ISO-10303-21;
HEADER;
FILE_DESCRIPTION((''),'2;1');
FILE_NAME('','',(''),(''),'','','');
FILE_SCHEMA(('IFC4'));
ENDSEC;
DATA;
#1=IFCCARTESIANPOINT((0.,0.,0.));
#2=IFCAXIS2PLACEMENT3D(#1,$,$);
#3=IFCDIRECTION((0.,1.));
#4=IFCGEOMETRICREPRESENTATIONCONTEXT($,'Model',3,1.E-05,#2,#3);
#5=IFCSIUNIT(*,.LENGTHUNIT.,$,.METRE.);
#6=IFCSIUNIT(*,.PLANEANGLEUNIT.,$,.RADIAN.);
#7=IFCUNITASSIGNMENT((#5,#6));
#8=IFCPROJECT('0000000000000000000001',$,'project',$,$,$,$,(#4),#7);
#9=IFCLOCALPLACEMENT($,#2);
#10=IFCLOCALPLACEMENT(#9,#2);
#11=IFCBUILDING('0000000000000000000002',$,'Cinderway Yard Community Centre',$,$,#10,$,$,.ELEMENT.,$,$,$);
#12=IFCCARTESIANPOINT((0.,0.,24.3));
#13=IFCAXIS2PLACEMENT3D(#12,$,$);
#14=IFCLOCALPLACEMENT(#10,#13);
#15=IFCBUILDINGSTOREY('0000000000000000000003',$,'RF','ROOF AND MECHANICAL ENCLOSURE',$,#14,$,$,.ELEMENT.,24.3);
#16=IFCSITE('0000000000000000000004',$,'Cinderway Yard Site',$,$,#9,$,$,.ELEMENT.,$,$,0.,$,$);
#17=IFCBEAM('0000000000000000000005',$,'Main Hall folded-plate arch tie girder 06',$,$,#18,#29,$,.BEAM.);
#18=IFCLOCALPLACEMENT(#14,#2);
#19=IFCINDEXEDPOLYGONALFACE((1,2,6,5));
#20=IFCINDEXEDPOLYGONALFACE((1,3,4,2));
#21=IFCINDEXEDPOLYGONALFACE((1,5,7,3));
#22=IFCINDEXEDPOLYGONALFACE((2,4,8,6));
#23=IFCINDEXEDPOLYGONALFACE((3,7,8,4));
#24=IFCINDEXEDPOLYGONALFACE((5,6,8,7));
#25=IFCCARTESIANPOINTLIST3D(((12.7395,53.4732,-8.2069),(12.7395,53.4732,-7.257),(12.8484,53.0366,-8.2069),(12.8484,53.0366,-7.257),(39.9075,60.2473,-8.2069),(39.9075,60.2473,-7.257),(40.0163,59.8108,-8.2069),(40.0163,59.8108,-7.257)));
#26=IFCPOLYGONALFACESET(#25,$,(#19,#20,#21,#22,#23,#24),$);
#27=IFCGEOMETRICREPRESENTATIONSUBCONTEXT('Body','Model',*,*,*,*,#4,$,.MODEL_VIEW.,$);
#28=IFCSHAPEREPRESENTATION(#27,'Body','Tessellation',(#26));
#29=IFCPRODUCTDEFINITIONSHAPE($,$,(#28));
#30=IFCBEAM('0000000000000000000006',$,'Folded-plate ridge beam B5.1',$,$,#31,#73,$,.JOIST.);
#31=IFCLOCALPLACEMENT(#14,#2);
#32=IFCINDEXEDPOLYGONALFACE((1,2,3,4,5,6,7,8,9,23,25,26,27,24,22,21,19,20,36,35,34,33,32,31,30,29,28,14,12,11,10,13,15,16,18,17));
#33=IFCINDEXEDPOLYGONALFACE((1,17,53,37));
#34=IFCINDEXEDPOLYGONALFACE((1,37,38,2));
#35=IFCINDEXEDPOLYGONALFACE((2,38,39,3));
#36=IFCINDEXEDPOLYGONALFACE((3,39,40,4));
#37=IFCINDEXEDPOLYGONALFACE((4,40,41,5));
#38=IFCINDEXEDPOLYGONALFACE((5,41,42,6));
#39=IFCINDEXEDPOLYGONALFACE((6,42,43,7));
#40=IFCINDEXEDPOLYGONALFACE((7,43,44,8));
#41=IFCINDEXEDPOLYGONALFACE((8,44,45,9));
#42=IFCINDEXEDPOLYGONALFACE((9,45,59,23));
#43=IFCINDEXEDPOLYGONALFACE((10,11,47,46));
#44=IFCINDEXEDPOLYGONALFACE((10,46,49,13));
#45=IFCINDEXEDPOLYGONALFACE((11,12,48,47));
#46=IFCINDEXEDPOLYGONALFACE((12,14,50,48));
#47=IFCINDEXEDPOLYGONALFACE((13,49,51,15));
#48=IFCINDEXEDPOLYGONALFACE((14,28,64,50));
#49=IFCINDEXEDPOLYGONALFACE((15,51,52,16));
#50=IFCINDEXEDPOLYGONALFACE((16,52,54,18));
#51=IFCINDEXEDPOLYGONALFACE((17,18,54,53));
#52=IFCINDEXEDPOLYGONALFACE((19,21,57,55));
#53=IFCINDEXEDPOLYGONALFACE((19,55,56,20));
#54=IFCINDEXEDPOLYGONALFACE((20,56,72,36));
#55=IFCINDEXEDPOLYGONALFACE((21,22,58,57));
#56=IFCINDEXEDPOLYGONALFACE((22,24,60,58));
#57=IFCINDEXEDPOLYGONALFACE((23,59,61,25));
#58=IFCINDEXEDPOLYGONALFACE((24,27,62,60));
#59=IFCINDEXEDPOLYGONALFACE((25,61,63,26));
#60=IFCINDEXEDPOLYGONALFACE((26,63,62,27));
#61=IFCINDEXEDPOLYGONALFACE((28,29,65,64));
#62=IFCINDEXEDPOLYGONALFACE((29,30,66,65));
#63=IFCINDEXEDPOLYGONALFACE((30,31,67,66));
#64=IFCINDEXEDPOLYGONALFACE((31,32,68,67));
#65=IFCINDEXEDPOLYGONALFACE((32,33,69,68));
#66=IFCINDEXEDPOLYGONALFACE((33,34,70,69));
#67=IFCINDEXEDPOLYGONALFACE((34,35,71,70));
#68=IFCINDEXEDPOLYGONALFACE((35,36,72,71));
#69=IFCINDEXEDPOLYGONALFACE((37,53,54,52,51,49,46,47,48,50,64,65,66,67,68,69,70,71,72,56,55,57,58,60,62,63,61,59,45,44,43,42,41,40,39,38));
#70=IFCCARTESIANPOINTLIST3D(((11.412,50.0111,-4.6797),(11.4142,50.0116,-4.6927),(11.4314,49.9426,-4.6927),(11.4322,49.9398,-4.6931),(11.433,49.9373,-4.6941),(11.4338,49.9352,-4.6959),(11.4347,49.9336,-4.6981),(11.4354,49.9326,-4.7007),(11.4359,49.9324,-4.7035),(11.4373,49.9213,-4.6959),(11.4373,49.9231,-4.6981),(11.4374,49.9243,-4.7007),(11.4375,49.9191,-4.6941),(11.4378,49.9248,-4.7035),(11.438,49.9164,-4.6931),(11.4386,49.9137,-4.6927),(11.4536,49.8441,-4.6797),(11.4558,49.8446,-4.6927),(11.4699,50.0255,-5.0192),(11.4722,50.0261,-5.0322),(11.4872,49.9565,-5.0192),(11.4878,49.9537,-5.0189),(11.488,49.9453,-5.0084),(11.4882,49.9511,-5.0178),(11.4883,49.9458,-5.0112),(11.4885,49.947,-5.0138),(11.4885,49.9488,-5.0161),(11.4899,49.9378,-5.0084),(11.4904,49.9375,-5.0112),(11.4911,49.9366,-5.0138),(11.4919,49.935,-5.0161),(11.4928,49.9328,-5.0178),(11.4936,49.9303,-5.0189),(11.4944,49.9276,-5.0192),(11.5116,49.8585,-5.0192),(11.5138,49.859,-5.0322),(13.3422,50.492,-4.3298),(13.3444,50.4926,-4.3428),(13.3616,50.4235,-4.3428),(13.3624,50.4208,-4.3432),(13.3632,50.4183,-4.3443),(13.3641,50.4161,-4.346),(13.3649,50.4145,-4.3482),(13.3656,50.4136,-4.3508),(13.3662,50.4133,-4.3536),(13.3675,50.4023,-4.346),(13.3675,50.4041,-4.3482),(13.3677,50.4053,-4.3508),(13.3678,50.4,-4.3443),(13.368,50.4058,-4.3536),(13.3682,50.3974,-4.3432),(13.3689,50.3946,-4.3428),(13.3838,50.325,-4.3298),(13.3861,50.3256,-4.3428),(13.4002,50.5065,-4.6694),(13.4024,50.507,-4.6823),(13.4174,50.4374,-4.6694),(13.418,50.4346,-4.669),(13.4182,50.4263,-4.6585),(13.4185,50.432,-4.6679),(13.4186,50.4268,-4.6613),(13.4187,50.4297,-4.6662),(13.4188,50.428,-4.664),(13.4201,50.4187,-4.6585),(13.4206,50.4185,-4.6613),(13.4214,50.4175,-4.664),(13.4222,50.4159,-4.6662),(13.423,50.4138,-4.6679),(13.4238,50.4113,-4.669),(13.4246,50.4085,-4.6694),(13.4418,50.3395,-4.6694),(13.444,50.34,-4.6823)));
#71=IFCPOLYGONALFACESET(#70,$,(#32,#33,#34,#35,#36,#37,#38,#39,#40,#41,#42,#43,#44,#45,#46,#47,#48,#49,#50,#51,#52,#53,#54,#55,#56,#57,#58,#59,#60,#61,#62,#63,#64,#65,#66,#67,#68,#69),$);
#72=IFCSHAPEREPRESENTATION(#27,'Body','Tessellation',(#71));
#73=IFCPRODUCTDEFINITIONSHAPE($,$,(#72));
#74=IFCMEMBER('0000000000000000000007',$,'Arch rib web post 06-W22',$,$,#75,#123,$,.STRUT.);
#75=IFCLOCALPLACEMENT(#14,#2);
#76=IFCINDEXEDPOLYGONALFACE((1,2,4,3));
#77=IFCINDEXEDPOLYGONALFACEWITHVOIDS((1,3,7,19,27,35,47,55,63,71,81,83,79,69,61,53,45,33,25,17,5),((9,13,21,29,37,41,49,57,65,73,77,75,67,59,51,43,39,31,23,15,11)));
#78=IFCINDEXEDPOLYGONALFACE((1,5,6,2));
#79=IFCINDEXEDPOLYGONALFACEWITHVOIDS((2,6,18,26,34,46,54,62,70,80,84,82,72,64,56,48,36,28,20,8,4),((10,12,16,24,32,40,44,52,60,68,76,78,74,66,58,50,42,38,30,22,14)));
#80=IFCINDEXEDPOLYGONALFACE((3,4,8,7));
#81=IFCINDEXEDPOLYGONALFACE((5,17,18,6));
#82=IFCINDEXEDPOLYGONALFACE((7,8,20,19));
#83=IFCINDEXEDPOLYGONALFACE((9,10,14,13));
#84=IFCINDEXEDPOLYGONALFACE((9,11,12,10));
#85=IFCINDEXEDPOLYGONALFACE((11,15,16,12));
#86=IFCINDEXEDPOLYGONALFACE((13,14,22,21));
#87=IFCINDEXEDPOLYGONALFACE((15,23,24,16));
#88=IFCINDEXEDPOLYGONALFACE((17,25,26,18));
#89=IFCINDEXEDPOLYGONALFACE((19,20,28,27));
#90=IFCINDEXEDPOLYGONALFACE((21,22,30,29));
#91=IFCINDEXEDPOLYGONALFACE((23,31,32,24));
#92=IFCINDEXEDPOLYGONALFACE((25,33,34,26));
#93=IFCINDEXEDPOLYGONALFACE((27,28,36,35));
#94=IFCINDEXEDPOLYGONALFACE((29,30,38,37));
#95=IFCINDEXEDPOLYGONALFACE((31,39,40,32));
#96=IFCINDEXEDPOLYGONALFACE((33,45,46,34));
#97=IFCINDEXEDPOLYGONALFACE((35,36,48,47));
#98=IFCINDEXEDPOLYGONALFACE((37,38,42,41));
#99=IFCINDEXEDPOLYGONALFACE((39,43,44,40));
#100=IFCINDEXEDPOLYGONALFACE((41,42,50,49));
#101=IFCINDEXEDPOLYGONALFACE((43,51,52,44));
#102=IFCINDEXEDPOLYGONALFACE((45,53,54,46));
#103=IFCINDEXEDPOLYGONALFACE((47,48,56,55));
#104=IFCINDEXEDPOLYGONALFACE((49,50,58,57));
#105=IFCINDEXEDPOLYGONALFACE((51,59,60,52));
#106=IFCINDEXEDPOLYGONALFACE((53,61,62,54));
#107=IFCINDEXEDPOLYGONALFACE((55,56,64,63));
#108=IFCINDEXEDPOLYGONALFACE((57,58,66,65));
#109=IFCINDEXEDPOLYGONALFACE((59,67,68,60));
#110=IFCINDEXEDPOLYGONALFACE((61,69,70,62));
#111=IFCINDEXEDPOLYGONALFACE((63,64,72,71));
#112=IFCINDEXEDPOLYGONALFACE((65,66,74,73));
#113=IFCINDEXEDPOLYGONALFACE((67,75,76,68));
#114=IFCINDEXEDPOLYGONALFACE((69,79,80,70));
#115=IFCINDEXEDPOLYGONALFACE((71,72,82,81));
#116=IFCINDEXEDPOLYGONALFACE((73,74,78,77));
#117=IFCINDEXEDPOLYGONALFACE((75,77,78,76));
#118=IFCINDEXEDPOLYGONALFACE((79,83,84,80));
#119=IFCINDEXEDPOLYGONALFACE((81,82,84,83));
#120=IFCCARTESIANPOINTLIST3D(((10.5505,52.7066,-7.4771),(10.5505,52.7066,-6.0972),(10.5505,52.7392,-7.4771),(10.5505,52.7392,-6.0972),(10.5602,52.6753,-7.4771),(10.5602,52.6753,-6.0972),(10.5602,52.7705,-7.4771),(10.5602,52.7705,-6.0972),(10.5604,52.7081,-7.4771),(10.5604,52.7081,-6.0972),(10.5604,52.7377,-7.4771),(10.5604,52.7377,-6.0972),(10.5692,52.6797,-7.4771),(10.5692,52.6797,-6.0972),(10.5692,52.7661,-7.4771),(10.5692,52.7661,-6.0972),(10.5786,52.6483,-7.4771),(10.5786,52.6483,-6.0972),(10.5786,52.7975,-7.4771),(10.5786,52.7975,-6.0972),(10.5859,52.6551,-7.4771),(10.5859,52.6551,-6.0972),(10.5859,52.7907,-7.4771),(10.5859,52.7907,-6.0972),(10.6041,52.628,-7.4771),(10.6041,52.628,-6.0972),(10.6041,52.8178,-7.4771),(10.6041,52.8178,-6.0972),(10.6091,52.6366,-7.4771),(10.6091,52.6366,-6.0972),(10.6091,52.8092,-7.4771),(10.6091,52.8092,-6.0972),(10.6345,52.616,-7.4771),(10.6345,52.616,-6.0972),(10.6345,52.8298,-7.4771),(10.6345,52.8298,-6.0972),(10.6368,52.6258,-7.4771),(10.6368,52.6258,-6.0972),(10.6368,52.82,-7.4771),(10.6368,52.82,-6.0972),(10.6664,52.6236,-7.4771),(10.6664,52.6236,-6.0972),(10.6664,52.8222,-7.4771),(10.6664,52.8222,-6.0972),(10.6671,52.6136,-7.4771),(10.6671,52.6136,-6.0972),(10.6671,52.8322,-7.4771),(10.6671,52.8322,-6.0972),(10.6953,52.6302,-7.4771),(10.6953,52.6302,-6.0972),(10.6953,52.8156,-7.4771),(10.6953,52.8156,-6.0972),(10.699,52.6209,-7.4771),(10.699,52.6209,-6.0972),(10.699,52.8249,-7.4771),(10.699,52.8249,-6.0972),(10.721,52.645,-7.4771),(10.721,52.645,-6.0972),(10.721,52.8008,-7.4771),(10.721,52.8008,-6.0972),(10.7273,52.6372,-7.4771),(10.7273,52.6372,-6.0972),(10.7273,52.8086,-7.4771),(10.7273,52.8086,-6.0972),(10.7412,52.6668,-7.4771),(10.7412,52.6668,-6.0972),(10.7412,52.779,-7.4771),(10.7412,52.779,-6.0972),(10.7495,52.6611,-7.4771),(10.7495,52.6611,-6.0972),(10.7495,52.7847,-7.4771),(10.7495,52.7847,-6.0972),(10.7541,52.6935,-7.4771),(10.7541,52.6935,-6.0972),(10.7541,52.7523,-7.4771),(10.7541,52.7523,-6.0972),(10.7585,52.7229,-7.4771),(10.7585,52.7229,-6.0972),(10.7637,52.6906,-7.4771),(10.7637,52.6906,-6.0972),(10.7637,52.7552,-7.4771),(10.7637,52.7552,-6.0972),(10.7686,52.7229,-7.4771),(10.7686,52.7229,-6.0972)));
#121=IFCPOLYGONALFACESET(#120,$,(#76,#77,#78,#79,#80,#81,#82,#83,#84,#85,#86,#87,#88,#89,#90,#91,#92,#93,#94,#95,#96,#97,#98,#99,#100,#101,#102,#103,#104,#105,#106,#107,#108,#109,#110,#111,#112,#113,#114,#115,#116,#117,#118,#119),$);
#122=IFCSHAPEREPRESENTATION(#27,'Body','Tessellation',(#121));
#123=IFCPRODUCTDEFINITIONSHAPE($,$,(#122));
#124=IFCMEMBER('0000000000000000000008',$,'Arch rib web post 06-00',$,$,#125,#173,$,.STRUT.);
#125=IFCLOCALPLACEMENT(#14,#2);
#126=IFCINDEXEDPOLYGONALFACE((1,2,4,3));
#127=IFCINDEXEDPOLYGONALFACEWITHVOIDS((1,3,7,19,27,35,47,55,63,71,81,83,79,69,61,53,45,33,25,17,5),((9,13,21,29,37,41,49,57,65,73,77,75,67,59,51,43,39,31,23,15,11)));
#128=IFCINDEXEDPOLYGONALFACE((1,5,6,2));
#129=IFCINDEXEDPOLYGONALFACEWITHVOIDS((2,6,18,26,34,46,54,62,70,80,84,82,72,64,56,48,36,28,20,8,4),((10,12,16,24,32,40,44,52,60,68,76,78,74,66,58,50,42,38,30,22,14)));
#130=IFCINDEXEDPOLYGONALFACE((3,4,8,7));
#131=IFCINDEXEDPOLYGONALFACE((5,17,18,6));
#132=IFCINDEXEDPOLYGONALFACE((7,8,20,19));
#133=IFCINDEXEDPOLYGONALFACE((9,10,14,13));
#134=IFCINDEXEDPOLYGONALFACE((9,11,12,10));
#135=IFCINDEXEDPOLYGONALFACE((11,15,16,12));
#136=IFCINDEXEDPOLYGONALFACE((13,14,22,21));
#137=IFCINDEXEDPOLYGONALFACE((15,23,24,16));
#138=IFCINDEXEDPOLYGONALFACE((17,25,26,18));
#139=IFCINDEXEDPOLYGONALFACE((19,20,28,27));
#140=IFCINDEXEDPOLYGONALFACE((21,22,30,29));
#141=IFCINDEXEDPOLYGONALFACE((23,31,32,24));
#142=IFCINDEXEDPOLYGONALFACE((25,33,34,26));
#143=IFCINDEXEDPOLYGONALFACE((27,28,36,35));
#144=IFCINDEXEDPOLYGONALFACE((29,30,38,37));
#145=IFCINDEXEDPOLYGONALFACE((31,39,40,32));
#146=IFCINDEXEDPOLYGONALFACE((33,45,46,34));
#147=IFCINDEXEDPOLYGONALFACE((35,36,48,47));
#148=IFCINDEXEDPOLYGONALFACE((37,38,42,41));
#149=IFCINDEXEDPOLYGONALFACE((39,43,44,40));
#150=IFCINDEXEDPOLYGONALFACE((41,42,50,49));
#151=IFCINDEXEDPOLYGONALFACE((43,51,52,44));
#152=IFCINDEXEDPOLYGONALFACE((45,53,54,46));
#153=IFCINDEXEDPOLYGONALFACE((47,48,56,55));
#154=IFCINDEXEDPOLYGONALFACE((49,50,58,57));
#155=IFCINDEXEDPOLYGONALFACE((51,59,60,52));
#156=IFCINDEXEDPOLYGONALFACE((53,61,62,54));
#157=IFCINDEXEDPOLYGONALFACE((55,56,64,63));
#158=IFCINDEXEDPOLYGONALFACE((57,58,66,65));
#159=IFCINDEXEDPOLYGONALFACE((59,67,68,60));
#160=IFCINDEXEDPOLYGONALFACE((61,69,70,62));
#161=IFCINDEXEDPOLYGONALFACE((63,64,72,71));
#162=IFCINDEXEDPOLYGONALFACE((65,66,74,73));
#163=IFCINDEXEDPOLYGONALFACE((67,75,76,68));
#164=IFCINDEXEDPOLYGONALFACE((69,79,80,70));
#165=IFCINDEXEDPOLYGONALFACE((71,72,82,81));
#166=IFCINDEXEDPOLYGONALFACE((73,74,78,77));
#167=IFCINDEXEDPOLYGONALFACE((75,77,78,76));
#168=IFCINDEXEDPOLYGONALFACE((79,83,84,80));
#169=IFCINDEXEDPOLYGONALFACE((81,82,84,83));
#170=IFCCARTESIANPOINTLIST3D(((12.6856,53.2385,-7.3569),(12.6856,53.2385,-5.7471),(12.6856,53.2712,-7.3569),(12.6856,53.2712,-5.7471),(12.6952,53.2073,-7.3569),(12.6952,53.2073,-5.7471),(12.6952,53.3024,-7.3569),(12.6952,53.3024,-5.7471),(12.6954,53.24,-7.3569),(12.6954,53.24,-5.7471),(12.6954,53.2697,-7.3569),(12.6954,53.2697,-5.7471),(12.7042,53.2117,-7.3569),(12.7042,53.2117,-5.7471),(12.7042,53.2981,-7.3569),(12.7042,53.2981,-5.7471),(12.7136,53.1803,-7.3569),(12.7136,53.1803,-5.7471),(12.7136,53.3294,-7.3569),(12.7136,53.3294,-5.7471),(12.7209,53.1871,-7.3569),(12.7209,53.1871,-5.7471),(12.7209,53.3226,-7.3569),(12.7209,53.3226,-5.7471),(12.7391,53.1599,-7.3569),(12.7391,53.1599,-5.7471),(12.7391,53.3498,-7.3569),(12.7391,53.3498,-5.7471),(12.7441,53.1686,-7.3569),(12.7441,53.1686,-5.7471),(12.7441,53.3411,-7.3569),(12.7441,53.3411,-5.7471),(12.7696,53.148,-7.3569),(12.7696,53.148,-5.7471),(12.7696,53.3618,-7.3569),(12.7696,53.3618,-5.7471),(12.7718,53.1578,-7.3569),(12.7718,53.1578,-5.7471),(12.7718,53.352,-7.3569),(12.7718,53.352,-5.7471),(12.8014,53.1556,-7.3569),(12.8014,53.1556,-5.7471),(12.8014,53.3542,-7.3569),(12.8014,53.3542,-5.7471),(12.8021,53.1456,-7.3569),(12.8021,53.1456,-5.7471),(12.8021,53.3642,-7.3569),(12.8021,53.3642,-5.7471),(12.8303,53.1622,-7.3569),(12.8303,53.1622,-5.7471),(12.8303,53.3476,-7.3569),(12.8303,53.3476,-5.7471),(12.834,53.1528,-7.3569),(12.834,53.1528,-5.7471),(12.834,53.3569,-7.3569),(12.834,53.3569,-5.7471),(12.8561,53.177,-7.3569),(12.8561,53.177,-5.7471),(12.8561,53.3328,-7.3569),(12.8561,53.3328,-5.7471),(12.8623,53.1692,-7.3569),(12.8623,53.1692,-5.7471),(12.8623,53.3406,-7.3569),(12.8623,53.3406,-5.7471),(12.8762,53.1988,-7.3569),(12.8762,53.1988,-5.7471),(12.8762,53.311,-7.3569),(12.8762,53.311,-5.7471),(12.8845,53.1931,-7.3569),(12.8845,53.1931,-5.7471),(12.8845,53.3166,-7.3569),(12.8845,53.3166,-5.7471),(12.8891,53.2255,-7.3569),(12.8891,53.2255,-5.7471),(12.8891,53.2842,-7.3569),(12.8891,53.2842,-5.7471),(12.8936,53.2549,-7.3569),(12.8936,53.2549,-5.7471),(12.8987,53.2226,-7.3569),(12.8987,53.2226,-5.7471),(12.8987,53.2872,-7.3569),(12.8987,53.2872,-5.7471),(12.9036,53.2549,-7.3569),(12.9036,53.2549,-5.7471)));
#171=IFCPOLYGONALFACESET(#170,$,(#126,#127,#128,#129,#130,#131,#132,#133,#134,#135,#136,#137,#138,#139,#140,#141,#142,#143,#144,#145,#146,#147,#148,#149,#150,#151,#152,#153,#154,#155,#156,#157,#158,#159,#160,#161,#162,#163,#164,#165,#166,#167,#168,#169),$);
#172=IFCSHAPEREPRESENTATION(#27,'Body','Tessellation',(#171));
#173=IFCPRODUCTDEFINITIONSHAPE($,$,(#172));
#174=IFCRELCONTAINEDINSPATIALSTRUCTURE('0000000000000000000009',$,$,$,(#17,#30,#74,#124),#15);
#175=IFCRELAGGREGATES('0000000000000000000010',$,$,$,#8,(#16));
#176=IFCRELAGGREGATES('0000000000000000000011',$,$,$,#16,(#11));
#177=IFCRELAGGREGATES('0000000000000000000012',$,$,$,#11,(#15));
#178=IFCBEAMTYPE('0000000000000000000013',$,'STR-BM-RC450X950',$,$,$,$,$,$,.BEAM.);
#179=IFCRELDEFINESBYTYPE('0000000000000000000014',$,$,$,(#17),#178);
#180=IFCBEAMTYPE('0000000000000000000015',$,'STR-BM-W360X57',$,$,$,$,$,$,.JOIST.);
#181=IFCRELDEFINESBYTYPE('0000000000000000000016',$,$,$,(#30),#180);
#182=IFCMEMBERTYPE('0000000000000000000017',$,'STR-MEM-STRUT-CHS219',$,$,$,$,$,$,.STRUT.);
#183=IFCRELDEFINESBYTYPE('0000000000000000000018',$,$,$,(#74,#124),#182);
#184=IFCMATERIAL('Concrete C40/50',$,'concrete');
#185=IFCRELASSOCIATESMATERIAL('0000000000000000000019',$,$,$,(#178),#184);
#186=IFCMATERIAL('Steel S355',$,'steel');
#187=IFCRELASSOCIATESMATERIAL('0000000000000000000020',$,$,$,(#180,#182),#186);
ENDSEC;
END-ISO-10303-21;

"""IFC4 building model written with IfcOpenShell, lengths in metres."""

from ifc_helpers import new_model, si_unit, direction, frame, origin, origin_2d, place, context, subcontext, project, spatial, rectangle, hollow_circle, i_section, extrude, material, material_profile, profile_set, type_object, element, save


model = new_model("IFC4")

# Units and contexts
model_context = context("Model", 3, precision=1e-05, world=origin(), true_north=direction((0.0, 1.0)))
body_context = subcontext(model_context, "Body", "Model", "MODEL_VIEW")
ifc_project = project(units=[si_unit("LENGTHUNIT", "METRE"), si_unit("PLANEANGLEUNIT", "RADIAN")], contexts=[model_context])

# Site, building, storey
site_placement = place(None, origin())
site = spatial("IfcSite", under=ifc_project, at=site_placement, Name="Cinderway Yard Site", CompositionType="ELEMENT", RefElevation=0.0)
building_placement = place(site_placement, origin())
building = spatial("IfcBuilding", under=site, at=building_placement, Name="Cinderway Yard Community Centre", CompositionType="ELEMENT")
storey_placement = place(building_placement, frame((0.0, 0.0, 24.3)))
storey = spatial("IfcBuildingStorey", under=building, at=storey_placement, Name="RF", Description="ROOF AND MECHANICAL ENCLOSURE", CompositionType="ELEMENT", Elevation=24.3)

# Shared definitions
ifc_material_1 = material(Name="Steel S355", Category="steel")

# Beams
ifc_material_2 = material(Name="Concrete C40/50", Category="concrete")
ifc_material_profile_1 = material_profile(ifc_material_2, rectangle(XDim=0.45, YDim=0.95, at=origin_2d()), Name="Concrete C40/50")
ifc_profile_set_1 = profile_set([ifc_material_profile_1], Name="Concrete C40/50")
beam_type_1 = type_object("IfcBeamType", Name="STR-BM-RC450X950", PredefinedType="BEAM", material=ifc_profile_set_1)
beam_1_placement = place(storey_placement, frame((12.7939, 53.2549, -7.7319), z_axis=(0.970292, 0.241937, 0.0), x_axis=(-0.241937, 0.970292, 0.0)))
element("IfcBeam", 1, at=beam_1_placement, inside=storey, type_object=beam_type_1, Name="Main Hall folded-plate arch tie girder 06", PredefinedType="BEAM", context=body_context, shape_type="SweptSolid", body=[
    extrude(rectangle(XDim=0.45, YDim=0.95, at=origin_2d()), origin(), (0.0, 0.0, 1.0), 27.9998),
])
ifc_material_profile_2 = material_profile(ifc_material_1, i_section(OverallWidth=0.1721, OverallDepth=0.3579, WebThickness=0.0078, FlangeThickness=0.0132, FilletRadius=0.011, at=origin_2d()), Name="Steel S355")
ifc_profile_set_2 = profile_set([ifc_material_profile_2], Name="Steel S355")
beam_type_2 = type_object("IfcBeamType", Name="STR-BM-W360X57", PredefinedType="JOIST", material=ifc_profile_set_2)
beam_2_placement = place(storey_placement, frame((11.4629, 49.9351, -4.856), z_axis=(0.955662, 0.23813, 0.173218), x_axis=(-0.241785, 0.97033, 0.0)))
element("IfcBeam", 2, at=beam_2_placement, inside=storey, type_object=beam_type_2, Name="Folded-plate ridge beam B5.1", PredefinedType="JOIST", context=body_context, shape_type="SweptSolid", body=[
    extrude(i_section(OverallWidth=0.1721, OverallDepth=0.3579, WebThickness=0.0078, FlangeThickness=0.0132, FilletRadius=0.011, at=origin_2d()), origin(), (0.0, 0.0, 1.0), 2.0198),
])

# Members
ifc_material_profile_3 = material_profile(ifc_material_1, hollow_circle(Radius=0.1096, WallThickness=0.01, at=origin_2d()), Name="Steel S355")
ifc_profile_set_3 = profile_set([ifc_material_profile_3], Name="Steel S355")
member_type_1 = type_object("IfcMemberType", Name="STR-MEM-STRUT-CHS219", PredefinedType="STRUT", material=ifc_profile_set_3)
member_1_placement = place(storey_placement, frame((10.6589, 52.7229, -7.4771), z_axis=(0.0, 0.0, 1.0), x_axis=(1.0, 0.0, 0.0)))
element("IfcMember", 3, at=member_1_placement, inside=storey, type_object=member_type_1, Name="Arch rib web post 06-W22", PredefinedType="STRUT", context=body_context, shape_type="SweptSolid", body=[
    extrude(hollow_circle(Radius=0.1096, WallThickness=0.01, at=origin_2d()), origin(), (0.0, 0.0, 1.0), 1.3799),
])
member_2_placement = place(storey_placement, frame((12.7939, 53.2549, -7.3569), z_axis=(0.0, 0.0, 1.0), x_axis=(1.0, 0.0, 0.0)))
element("IfcMember", 4, at=member_2_placement, inside=storey, type_object=member_type_1, Name="Arch rib web post 06-00", PredefinedType="STRUT", context=body_context, shape_type="SweptSolid", body=[
    extrude(hollow_circle(Radius=0.1096, WallThickness=0.01, at=origin_2d()), origin(), (0.0, 0.0, 1.0), 1.6099),
])

save(model, "model.ifc")
